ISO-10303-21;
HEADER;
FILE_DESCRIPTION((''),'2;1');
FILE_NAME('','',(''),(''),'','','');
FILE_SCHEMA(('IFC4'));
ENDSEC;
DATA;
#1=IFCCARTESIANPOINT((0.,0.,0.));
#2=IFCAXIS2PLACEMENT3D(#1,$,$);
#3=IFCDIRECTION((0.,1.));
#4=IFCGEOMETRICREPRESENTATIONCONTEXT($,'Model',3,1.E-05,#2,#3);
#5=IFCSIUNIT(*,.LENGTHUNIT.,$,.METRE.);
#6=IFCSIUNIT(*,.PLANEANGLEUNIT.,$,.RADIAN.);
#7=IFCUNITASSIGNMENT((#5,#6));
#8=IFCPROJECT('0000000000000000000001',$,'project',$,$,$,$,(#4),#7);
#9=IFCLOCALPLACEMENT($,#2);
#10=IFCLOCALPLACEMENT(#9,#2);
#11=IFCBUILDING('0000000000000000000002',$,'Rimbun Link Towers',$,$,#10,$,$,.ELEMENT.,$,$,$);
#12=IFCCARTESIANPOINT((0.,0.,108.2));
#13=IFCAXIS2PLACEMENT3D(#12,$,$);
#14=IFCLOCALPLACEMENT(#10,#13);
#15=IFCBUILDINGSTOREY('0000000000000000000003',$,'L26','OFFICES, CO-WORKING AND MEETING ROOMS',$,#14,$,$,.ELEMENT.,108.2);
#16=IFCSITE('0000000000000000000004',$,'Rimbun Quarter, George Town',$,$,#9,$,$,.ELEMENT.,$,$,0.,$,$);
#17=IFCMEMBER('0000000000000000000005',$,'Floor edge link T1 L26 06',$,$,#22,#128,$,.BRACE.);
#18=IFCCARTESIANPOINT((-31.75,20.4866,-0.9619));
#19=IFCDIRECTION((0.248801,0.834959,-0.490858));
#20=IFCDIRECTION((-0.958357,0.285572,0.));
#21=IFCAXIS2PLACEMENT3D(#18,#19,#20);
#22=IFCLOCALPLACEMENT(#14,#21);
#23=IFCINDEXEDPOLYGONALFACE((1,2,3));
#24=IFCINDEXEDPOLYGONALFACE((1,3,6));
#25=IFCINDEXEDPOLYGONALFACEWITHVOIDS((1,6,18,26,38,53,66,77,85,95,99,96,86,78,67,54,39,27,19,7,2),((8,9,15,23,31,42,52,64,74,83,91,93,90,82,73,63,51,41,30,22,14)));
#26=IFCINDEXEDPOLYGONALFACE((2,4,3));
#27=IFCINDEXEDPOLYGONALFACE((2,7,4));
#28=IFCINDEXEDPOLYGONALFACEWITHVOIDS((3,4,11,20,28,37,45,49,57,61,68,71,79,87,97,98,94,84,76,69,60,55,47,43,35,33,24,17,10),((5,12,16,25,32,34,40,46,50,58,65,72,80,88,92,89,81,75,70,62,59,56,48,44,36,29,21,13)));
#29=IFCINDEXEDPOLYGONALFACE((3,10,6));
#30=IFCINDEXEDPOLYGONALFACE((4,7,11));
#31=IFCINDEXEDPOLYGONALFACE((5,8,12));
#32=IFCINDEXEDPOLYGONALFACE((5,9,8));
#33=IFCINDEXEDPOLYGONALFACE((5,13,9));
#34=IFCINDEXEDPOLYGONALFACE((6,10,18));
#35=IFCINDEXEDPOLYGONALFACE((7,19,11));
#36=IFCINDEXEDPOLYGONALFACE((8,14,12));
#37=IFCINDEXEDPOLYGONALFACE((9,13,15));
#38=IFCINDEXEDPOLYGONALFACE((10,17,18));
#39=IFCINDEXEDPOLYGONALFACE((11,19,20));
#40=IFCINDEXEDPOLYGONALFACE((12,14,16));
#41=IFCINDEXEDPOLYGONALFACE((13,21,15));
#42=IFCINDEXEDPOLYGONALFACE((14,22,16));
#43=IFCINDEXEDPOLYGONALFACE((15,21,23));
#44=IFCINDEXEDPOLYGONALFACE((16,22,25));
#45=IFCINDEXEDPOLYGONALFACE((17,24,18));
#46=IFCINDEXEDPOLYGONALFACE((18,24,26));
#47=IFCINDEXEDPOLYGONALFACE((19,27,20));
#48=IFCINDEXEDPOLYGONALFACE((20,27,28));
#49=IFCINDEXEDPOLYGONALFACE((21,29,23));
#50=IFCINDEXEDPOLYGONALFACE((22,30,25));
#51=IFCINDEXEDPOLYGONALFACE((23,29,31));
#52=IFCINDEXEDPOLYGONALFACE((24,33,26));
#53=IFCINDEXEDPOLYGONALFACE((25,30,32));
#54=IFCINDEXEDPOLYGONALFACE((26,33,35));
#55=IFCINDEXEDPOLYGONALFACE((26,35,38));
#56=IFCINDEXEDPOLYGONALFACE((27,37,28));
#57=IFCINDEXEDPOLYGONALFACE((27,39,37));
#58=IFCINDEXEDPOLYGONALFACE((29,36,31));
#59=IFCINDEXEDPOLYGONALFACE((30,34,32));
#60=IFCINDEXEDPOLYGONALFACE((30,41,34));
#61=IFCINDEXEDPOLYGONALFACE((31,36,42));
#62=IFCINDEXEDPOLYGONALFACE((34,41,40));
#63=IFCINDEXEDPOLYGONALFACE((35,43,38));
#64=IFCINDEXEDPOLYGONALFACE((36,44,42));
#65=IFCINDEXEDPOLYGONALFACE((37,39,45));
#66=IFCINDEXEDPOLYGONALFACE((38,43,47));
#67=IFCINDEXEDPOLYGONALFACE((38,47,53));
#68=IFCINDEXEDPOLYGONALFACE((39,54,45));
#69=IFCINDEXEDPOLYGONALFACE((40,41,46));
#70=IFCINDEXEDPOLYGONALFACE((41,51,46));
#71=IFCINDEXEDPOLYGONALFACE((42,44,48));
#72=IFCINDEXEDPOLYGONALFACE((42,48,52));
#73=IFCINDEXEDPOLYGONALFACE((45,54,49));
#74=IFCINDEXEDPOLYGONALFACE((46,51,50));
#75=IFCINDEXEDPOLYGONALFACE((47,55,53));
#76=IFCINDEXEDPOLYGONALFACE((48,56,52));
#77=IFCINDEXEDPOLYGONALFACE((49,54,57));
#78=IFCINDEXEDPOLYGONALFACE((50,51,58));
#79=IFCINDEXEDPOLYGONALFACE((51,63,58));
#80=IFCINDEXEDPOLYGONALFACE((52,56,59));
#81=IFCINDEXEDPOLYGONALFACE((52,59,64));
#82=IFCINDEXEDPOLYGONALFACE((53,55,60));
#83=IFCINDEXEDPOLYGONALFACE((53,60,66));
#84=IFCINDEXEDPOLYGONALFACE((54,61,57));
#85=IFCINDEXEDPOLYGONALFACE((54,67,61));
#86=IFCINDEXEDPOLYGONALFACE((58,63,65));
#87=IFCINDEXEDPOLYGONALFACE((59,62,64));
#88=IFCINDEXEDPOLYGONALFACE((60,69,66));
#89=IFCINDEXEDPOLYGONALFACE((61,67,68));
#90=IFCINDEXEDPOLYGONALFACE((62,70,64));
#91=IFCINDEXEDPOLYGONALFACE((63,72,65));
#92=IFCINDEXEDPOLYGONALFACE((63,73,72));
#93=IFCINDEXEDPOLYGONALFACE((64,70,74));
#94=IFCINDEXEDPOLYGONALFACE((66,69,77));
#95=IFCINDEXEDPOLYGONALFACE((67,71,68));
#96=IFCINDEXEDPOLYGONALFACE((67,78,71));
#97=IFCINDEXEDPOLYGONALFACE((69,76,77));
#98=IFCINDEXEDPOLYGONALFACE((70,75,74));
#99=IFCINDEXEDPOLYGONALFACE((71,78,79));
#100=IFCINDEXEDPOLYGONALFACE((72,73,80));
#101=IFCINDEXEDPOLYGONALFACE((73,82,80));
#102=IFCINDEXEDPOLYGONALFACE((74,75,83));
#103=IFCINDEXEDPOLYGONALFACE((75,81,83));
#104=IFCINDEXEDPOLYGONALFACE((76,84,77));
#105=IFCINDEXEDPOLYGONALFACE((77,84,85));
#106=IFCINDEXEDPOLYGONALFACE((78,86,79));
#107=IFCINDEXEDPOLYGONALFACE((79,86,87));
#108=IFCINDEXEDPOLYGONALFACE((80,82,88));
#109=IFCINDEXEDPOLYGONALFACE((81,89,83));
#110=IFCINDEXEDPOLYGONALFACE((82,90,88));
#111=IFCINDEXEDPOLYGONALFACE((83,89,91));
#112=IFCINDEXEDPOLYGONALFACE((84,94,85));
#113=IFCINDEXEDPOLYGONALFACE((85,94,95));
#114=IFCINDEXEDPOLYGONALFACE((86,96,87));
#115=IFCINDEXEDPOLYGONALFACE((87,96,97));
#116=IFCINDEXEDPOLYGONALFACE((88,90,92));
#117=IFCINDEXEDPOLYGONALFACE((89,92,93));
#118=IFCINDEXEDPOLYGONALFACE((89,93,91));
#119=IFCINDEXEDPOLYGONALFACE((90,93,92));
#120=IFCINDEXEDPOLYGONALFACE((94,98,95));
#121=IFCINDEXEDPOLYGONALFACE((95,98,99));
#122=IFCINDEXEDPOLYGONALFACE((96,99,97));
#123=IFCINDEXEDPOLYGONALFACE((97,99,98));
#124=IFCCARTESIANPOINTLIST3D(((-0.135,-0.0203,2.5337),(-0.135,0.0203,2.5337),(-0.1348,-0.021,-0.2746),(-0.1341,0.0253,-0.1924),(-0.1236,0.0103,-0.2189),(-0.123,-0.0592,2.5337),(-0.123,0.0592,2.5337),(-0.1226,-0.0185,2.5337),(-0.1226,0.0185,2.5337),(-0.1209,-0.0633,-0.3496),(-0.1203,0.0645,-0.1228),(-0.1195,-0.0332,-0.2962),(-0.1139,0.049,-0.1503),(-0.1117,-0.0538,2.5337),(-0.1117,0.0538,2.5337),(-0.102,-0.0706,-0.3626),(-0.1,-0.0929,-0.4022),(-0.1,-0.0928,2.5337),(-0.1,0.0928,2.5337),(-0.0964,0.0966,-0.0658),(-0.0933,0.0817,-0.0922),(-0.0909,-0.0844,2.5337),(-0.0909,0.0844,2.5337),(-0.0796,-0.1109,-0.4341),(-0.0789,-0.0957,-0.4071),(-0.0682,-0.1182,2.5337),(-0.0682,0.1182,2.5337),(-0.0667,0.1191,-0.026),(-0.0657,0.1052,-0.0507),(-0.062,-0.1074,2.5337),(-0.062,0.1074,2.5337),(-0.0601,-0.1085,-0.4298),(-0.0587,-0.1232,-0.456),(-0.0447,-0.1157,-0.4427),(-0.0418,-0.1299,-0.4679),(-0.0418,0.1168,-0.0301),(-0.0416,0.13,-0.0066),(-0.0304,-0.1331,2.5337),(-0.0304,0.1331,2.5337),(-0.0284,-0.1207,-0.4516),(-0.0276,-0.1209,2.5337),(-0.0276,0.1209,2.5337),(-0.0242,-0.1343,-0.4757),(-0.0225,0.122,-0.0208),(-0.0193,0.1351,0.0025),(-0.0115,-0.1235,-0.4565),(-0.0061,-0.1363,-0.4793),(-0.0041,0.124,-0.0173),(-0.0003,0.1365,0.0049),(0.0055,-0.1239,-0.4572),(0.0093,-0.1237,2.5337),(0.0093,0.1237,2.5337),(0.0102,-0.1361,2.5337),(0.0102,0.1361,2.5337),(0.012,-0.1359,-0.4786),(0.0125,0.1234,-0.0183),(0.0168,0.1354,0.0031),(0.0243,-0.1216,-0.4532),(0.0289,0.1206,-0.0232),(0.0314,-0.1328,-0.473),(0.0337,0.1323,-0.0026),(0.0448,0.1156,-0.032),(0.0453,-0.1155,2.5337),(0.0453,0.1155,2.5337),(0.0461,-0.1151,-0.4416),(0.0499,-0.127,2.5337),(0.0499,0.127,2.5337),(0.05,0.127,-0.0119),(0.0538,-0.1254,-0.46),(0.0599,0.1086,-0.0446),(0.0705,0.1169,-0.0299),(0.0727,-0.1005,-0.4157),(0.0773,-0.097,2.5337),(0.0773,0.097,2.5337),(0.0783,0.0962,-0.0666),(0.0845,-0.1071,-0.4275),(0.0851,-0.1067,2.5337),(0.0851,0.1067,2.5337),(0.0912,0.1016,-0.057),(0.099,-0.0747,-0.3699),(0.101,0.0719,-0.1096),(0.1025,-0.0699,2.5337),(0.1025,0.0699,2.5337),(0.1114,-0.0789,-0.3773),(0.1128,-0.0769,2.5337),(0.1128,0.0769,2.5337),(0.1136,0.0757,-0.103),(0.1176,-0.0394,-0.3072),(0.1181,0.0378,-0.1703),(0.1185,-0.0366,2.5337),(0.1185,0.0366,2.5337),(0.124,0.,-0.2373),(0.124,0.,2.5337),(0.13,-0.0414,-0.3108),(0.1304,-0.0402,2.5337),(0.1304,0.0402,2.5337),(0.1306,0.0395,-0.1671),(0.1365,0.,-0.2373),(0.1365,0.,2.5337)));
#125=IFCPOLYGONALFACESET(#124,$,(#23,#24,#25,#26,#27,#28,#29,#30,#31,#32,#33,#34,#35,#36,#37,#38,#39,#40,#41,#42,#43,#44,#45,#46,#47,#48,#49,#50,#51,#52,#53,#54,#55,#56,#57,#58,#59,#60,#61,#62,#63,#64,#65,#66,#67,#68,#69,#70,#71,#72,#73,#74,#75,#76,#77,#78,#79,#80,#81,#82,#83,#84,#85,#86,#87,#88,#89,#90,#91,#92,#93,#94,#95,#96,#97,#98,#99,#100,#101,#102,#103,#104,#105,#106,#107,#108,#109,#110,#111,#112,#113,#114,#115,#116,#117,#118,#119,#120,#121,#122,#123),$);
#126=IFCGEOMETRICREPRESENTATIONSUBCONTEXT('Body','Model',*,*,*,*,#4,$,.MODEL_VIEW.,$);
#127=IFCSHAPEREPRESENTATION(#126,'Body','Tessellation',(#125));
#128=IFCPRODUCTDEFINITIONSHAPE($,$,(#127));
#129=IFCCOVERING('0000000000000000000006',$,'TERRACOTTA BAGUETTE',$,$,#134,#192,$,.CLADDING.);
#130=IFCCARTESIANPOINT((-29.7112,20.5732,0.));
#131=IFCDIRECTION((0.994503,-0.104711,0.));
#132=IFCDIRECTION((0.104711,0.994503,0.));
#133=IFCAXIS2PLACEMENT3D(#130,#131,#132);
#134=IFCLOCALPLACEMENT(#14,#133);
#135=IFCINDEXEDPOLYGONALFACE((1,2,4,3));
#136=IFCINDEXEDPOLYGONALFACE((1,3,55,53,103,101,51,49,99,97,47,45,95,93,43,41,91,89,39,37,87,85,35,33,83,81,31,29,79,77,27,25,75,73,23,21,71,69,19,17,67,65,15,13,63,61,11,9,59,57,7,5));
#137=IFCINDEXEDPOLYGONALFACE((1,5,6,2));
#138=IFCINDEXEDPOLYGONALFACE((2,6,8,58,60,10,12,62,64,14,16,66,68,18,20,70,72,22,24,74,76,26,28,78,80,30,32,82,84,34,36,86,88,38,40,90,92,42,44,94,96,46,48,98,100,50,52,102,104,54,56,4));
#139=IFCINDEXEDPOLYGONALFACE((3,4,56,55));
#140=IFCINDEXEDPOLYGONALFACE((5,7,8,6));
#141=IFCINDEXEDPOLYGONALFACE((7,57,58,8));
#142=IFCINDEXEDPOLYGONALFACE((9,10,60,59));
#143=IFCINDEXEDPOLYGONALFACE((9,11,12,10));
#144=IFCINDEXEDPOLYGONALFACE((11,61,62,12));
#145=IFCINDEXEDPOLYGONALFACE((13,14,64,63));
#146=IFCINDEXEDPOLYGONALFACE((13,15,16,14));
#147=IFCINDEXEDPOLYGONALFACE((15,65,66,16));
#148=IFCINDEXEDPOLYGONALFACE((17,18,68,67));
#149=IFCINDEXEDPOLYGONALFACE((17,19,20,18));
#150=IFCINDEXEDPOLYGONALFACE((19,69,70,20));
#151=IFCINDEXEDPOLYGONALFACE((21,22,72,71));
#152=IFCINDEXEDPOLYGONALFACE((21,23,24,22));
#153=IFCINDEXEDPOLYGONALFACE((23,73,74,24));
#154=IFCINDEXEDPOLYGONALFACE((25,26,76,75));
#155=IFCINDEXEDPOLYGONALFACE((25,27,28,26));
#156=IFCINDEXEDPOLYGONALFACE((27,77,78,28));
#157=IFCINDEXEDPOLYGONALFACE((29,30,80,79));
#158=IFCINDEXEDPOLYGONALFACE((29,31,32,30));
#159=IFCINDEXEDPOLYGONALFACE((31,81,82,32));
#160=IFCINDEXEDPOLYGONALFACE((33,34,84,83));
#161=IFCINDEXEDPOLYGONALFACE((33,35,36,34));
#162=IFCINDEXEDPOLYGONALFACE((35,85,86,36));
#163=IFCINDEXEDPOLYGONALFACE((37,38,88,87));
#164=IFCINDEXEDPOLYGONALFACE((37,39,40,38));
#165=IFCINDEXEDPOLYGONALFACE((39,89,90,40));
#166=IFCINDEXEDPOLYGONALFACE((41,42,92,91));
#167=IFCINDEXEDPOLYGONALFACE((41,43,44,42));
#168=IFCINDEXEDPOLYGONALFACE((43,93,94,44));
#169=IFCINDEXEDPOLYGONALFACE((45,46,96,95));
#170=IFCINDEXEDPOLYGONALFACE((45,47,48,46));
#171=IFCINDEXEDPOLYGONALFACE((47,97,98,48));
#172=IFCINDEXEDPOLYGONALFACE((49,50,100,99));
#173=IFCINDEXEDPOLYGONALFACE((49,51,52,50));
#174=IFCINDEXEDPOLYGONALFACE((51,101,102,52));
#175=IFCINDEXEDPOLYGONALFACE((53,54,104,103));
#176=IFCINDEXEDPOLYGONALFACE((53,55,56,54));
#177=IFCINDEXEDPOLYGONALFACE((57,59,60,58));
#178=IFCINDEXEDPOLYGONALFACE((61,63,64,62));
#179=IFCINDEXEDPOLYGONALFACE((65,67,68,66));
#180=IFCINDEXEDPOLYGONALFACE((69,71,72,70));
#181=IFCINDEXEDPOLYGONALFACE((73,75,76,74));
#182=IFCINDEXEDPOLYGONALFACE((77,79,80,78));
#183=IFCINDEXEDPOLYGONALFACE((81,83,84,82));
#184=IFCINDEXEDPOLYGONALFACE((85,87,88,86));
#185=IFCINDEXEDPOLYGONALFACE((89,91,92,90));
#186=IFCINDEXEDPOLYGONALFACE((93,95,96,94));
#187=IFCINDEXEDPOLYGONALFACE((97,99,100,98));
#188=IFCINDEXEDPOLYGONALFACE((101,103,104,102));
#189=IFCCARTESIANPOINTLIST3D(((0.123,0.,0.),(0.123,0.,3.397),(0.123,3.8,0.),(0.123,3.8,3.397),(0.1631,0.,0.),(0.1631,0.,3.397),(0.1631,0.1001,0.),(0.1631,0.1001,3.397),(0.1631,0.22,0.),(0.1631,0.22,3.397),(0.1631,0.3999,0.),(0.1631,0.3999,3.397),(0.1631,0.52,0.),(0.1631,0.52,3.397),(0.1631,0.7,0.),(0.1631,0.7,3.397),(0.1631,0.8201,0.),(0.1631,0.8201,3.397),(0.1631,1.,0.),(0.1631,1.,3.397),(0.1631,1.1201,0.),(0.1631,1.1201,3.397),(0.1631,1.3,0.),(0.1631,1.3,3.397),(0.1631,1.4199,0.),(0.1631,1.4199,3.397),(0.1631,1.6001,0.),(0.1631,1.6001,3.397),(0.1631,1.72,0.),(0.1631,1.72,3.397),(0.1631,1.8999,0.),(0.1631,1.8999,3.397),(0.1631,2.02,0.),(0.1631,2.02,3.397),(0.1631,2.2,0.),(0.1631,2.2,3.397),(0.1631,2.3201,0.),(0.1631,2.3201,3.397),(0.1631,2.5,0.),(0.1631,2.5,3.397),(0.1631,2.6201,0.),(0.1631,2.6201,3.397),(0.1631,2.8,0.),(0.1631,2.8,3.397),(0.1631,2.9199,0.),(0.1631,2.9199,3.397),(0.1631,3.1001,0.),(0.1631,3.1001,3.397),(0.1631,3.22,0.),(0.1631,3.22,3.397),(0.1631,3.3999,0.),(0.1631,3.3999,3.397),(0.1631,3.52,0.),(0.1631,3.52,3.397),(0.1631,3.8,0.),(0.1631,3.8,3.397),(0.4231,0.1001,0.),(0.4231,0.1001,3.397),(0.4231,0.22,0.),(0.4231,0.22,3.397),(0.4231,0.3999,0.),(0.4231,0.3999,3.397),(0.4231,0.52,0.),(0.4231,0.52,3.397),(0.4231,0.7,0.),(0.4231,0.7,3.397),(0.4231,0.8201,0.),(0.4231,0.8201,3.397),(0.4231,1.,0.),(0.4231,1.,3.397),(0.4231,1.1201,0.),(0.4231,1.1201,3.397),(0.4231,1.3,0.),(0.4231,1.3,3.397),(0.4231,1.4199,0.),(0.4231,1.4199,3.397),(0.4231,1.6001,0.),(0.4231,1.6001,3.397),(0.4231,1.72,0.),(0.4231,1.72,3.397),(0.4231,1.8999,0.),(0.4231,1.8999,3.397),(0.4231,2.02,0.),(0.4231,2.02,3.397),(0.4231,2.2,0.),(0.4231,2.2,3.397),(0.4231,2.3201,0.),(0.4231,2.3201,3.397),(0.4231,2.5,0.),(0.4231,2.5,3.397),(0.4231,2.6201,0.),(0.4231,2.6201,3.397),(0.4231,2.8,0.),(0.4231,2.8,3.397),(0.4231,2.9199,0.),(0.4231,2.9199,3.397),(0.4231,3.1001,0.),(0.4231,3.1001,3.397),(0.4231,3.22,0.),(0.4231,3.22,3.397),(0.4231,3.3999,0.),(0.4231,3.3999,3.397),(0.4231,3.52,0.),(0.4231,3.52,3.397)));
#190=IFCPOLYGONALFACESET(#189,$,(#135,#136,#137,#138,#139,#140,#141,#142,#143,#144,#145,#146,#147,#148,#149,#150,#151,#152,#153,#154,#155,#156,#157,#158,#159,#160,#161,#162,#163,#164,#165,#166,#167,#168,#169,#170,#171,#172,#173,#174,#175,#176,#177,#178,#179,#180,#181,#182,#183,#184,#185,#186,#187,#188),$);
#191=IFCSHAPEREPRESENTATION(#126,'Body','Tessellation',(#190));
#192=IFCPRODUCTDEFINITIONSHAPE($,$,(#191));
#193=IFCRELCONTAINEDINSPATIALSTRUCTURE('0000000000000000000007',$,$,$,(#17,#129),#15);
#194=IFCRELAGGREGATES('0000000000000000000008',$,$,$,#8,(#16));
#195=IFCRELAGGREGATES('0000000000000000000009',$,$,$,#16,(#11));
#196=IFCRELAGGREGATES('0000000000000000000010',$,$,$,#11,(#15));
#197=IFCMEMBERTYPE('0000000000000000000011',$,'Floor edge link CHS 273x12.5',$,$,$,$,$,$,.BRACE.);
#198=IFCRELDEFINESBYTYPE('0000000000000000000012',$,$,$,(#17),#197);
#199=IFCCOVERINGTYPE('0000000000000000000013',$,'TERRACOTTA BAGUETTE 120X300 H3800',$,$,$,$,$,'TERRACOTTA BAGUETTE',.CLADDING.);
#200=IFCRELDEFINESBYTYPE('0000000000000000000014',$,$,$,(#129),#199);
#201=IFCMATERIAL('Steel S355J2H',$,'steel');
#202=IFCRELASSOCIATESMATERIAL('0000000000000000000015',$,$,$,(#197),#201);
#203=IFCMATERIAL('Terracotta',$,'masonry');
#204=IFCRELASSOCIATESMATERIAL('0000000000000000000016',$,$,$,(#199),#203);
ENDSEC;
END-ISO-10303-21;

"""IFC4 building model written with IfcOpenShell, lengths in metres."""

from ifc_helpers import new_model, si_unit, direction, frame, origin, origin_2d, place, context, subcontext, project, spatial, polyline, hollow_circle, outline, extrude, clip, halfspace, material, material_profile, profile_set, type_object, element, save


model = new_model("IFC4")

# Units and contexts
model_context = context("Model", 3, precision=1e-05, world=origin(), true_north=direction((0.0, 1.0)))
body_context = subcontext(model_context, "Body", "Model", "MODEL_VIEW")
ifc_project = project(units=[si_unit("LENGTHUNIT", "METRE"), si_unit("PLANEANGLEUNIT", "RADIAN")], contexts=[model_context])

# Site, building, storey
site_placement = place(None, origin())
site = spatial("IfcSite", under=ifc_project, at=site_placement, Name="Rimbun Quarter, George Town", CompositionType="ELEMENT", RefElevation=0.0)
building_placement = place(site_placement, origin())
building = spatial("IfcBuilding", under=site, at=building_placement, Name="Rimbun Link Towers", CompositionType="ELEMENT")
storey_placement = place(building_placement, frame((0.0, 0.0, 108.2)))
storey = spatial("IfcBuildingStorey", under=building, at=storey_placement, Name="L26", Description="OFFICES, CO-WORKING AND MEETING ROOMS", CompositionType="ELEMENT", Elevation=108.2)

# Member
ifc_material_1 = material(Name="Steel S355J2H", Category="steel")
ifc_material_profile_1 = material_profile(ifc_material_1, hollow_circle(Radius=0.1365, WallThickness=0.0125, at=origin_2d()), Name="CHS 273x12.5")
ifc_profile_set_1 = profile_set([ifc_material_profile_1], Name="Steel S355J2H")
member_type_1 = type_object("IfcMemberType", Name="Floor edge link CHS 273x12.5", PredefinedType="BRACE", material=ifc_profile_set_1)
member_1_placement = place(storey_placement, frame((-31.75, 20.4866, -0.9619), z_axis=(0.248801, 0.834959, -0.490858), x_axis=(-0.958357, 0.285572, 0.0)))
element("IfcMember", 1, at=member_1_placement, inside=storey, type_object=member_type_1, Name="Floor edge link T1 L26 06", PredefinedType="BRACE", context=body_context, shape_type="Clipping", body=[
    clip(extrude(hollow_circle(Radius=0.1365, WallThickness=0.0125, at=origin_2d()), frame((0.0, 0.0, -0.5049)), (0.0, 0.0, 1.0), 3.0386), halfspace(frame((0.0, 0.0, -0.2373), z_axis=(0.0, 0.87124, -0.490858)), False)),
])

# Covering
ifc_material_2 = material(Name="Terracotta", Category="masonry")
ifc_material_profile_2 = material_profile(ifc_material_2, outline(polyline([(0.123, 0.0), (0.1631, 0.0), (0.1631, 0.1001), (0.4231, 0.1001), (0.4231, 0.22), (0.1631, 0.22), (0.1631, 0.3999), (0.4231, 0.3999), (0.4231, 0.52), (0.1631, 0.52), (0.1631, 0.7), (0.4231, 0.7), (0.4231, 0.8201), (0.1631, 0.8201), (0.1631, 1.0), (0.4231, 1.0), (0.4231, 1.1201), (0.1631, 1.1201), (0.1631, 1.3), (0.4231, 1.3), (0.4231, 1.4199), (0.1631, 1.4199), (0.1631, 1.6001), (0.4231, 1.6001), (0.4231, 1.72), (0.1631, 1.72), (0.1631, 1.8999), (0.4231, 1.8999), (0.4231, 2.02), (0.1631, 2.02), (0.1631, 2.2), (0.4231, 2.2), (0.4231, 2.3201), (0.1631, 2.3201), (0.1631, 2.5), (0.4231, 2.5), (0.4231, 2.6201), (0.1631, 2.6201), (0.1631, 2.8), (0.4231, 2.8), (0.4231, 2.9199), (0.1631, 2.9199), (0.1631, 3.1001), (0.4231, 3.1001), (0.4231, 3.22), (0.1631, 3.22), (0.1631, 3.3999), (0.4231, 3.3999), (0.4231, 3.52), (0.1631, 3.52), (0.1631, 3.8), (0.123, 3.8), (0.123, 0.0)])), Name="BAGUETTE 120X300")
ifc_profile_set_2 = profile_set([ifc_material_profile_2], Name="Terracotta")
covering_type = type_object("IfcCoveringType", Name="TERRACOTTA BAGUETTE 120X300 H3800", ElementType="TERRACOTTA BAGUETTE", PredefinedType="CLADDING", material=ifc_profile_set_2)
covering_1_placement = place(storey_placement, frame((-29.7112, 20.5732, 0.0), z_axis=(0.994503, -0.104711, 0.0), x_axis=(0.104711, 0.994503, 0.0)))
element("IfcCovering", 2, at=covering_1_placement, inside=storey, type_object=covering_type, Name="TERRACOTTA BAGUETTE", PredefinedType="CLADDING", context=body_context, shape_type="SweptSolid", body=[
    extrude(outline(polyline([(0.123, 0.0), (0.1631, 0.0), (0.1631, 0.1001), (0.4231, 0.1001), (0.4231, 0.22), (0.1631, 0.22), (0.1631, 0.3999), (0.4231, 0.3999), (0.4231, 0.52), (0.1631, 0.52), (0.1631, 0.7), (0.4231, 0.7), (0.4231, 0.8201), (0.1631, 0.8201), (0.1631, 1.0), (0.4231, 1.0), (0.4231, 1.1201), (0.1631, 1.1201), (0.1631, 1.3), (0.4231, 1.3), (0.4231, 1.4199), (0.1631, 1.4199), (0.1631, 1.6001), (0.4231, 1.6001), (0.4231, 1.72), (0.1631, 1.72), (0.1631, 1.8999), (0.4231, 1.8999), (0.4231, 2.02), (0.1631, 2.02), (0.1631, 2.2), (0.4231, 2.2), (0.4231, 2.3201), (0.1631, 2.3201), (0.1631, 2.5), (0.4231, 2.5), (0.4231, 2.6201), (0.1631, 2.6201), (0.1631, 2.8), (0.4231, 2.8), (0.4231, 2.9199), (0.1631, 2.9199), (0.1631, 3.1001), (0.4231, 3.1001), (0.4231, 3.22), (0.1631, 3.22), (0.1631, 3.3999), (0.4231, 3.3999), (0.4231, 3.52), (0.1631, 3.52), (0.1631, 3.8), (0.123, 3.8), (0.123, 0.0)])), origin(), (0.0, 0.0, 1.0), 3.397),
])

save(model, "model.ifc")
